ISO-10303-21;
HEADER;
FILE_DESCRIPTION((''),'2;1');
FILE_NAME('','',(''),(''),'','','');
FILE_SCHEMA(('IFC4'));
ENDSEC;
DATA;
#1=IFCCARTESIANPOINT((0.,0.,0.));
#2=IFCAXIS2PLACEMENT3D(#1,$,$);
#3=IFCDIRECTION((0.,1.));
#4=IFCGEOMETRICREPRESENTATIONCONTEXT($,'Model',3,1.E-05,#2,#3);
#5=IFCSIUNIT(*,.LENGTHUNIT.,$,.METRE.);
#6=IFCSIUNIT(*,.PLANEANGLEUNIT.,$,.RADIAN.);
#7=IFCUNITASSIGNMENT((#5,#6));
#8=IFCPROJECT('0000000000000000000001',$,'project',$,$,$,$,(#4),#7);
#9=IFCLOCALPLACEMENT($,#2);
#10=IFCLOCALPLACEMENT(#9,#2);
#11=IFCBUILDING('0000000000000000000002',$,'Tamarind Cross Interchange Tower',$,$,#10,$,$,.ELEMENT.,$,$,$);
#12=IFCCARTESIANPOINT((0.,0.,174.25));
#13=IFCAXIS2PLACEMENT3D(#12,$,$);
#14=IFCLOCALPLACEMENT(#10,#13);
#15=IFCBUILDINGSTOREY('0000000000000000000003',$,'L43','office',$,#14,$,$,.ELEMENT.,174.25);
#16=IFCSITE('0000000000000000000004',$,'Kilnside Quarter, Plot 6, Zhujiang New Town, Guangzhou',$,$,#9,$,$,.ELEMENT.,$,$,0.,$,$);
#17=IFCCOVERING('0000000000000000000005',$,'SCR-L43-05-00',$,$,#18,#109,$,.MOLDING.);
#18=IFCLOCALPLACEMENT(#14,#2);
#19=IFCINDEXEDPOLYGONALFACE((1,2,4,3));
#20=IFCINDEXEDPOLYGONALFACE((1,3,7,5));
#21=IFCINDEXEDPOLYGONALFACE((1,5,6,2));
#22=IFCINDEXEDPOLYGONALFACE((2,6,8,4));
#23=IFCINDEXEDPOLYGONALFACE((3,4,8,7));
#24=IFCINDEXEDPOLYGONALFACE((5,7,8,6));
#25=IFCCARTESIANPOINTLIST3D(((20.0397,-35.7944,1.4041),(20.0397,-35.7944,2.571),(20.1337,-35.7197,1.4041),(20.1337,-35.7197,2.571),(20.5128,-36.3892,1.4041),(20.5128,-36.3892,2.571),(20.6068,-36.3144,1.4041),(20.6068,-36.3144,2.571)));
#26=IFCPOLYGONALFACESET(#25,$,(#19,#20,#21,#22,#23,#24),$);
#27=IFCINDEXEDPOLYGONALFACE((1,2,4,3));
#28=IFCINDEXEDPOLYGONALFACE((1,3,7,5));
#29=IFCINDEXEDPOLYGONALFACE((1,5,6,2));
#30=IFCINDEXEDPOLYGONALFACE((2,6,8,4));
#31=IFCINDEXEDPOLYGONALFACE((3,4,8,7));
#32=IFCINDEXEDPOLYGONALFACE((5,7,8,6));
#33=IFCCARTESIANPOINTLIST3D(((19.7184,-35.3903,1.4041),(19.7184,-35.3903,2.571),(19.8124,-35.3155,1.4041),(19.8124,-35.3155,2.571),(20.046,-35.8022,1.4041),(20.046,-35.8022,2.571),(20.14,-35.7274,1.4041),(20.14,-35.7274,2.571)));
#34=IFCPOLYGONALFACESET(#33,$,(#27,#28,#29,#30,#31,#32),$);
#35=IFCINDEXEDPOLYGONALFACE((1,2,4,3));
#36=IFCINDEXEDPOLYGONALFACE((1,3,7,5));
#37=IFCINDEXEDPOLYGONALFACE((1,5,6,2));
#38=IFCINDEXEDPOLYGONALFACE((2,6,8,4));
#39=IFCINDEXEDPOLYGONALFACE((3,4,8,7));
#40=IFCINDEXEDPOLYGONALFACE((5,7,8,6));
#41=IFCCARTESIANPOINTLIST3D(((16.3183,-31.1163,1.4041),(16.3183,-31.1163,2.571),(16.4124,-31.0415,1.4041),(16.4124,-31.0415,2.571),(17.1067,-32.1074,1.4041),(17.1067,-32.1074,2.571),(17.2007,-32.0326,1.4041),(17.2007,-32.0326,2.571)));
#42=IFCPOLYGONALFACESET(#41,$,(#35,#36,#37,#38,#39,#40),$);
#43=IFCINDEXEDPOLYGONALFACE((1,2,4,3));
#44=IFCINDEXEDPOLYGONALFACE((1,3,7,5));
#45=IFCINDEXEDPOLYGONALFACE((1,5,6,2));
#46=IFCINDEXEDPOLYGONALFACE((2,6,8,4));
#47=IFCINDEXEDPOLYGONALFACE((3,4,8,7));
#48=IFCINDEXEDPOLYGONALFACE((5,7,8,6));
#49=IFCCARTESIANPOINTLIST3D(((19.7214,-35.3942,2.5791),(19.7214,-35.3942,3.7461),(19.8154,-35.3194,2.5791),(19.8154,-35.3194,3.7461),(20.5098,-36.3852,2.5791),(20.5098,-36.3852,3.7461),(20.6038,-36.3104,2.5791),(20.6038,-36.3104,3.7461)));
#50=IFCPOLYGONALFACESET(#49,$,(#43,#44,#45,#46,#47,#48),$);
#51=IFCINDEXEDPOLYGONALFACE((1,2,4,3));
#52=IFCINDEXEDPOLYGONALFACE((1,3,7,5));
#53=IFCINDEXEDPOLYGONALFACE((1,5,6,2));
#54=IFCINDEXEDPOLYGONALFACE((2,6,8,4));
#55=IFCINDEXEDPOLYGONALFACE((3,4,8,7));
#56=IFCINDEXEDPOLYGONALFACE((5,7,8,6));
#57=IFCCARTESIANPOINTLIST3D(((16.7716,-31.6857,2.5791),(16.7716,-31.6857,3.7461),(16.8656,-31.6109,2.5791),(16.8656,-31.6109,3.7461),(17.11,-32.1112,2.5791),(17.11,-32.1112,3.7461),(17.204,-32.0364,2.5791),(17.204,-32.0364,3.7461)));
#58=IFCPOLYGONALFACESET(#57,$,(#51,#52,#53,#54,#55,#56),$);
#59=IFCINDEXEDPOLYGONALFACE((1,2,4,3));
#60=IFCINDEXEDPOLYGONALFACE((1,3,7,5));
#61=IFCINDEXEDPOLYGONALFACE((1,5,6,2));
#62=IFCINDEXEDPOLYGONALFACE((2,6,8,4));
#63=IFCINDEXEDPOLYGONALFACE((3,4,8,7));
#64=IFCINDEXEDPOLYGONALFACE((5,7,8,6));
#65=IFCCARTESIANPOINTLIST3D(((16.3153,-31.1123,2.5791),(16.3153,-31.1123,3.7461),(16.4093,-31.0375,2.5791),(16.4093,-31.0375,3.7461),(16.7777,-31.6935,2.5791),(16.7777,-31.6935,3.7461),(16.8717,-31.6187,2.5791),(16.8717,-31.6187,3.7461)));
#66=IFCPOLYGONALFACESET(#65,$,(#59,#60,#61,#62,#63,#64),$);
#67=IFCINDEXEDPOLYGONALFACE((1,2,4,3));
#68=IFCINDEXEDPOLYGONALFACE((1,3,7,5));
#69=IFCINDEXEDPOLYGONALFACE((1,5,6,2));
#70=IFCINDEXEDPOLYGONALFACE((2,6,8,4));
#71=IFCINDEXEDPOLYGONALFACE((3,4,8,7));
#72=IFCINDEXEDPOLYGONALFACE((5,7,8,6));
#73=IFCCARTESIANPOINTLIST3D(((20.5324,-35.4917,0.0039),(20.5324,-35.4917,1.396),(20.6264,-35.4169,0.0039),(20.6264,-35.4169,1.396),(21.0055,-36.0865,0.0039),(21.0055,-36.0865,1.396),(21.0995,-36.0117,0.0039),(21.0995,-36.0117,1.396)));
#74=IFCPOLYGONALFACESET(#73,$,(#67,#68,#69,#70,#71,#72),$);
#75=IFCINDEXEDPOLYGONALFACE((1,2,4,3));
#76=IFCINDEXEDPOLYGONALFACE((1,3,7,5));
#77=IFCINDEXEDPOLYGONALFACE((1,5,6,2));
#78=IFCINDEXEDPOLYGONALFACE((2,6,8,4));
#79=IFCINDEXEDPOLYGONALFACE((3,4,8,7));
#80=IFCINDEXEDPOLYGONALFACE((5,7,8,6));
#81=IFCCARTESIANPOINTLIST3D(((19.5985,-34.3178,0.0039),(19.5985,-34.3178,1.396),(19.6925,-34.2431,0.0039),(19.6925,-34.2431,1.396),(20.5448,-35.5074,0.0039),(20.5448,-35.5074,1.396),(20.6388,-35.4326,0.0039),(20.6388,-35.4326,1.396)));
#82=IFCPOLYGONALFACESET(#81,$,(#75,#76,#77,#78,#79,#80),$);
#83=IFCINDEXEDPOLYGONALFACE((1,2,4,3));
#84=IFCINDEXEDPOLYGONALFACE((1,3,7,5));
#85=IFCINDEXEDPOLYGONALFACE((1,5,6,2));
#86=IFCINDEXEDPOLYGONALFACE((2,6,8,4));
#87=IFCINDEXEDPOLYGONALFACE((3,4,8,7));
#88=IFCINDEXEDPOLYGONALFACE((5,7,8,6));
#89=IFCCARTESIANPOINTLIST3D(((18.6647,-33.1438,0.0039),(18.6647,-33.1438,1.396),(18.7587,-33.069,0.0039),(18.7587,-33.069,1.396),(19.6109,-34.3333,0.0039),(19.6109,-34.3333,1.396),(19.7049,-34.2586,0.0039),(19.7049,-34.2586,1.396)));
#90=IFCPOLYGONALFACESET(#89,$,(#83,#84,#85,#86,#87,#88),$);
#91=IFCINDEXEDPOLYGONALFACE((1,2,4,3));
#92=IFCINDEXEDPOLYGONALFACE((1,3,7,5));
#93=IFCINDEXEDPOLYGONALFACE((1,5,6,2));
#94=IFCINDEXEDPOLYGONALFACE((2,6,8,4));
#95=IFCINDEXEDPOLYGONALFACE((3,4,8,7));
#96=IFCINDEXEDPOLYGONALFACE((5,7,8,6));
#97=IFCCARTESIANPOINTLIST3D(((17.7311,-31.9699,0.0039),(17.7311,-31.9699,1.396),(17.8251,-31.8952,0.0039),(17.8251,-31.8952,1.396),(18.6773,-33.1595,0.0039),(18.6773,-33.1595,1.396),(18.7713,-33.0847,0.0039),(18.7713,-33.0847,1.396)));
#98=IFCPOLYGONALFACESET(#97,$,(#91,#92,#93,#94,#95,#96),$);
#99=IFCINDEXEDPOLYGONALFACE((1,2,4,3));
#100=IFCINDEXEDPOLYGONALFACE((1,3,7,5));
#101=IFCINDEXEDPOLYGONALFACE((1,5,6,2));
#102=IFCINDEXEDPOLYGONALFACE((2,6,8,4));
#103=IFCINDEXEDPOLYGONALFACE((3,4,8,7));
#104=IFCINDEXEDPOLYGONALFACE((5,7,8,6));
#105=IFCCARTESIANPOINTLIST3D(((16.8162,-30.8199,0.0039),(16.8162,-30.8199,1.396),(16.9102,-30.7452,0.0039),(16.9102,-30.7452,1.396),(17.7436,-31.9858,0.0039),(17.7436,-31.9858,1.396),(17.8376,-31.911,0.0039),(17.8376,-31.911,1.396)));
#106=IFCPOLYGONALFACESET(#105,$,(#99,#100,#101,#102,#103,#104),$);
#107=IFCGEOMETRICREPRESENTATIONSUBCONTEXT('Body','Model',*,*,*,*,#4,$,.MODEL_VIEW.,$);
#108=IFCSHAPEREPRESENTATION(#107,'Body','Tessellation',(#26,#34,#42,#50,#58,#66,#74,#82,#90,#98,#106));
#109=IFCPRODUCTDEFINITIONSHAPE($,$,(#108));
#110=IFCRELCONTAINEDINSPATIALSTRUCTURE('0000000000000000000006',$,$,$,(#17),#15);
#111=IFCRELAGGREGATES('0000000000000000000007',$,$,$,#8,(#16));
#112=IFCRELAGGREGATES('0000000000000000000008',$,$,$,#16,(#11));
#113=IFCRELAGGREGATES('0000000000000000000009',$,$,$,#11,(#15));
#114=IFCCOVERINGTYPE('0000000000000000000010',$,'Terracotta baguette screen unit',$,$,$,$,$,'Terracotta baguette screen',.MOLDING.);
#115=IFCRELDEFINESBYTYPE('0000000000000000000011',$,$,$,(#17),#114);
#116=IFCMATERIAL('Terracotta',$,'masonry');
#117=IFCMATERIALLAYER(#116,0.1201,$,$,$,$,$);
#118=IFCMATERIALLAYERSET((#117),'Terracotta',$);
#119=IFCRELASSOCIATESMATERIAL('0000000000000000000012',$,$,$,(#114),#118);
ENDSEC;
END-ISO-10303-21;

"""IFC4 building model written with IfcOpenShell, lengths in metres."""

from ifc_helpers import new_model, si_unit, direction, frame, origin, origin_2d, place, context, subcontext, project, spatial, rectangle, extrude, material, layer, layer_set, type_object, element, save


model = new_model("IFC4")

# Units and contexts
model_context = context("Model", 3, precision=1e-05, world=origin(), true_north=direction((0.0, 1.0)))
body_context = subcontext(model_context, "Body", "Model", "MODEL_VIEW")
ifc_project = project(units=[si_unit("LENGTHUNIT", "METRE"), si_unit("PLANEANGLEUNIT", "RADIAN")], contexts=[model_context])

# Site, building, storey
site_placement = place(None, origin())
site = spatial("IfcSite", under=ifc_project, at=site_placement, Name="Kilnside Quarter, Plot 6, Zhujiang New Town, Guangzhou", CompositionType="ELEMENT", RefElevation=0.0)
building_placement = place(site_placement, origin())
building = spatial("IfcBuilding", under=site, at=building_placement, Name="Tamarind Cross Interchange Tower", CompositionType="ELEMENT")
storey_placement = place(building_placement, frame((0.0, 0.0, 174.25)))
storey = spatial("IfcBuildingStorey", under=building, at=storey_placement, Name="L43", Description="office", CompositionType="ELEMENT", Elevation=174.25)

# Covering
ifc_material_1 = material(Name="Terracotta", Category="masonry")
ifc_layer_1 = layer(ifc_material_1, 0.1201)
ifc_layer_set_1 = layer_set([ifc_layer_1], Name="Terracotta")
covering_type = type_object("IfcCoveringType", Name="Terracotta baguette screen unit", ElementType="Terracotta baguette screen", PredefinedType="MOLDING", material=ifc_layer_set_1)
covering_1_placement = place(storey_placement, origin())
element("IfcCovering", 1, at=covering_1_placement, inside=storey, type_object=covering_type, Name="SCR-L43-05-00", PredefinedType="MOLDING", context=body_context, shape_type="SweptSolid", body=[
    extrude(rectangle(XDim=0.76, YDim=0.1201, at=origin_2d()), frame((20.3232, -36.0544, 1.4041), z_axis=(0.0, 0.0, 1.0), x_axis=(-0.622525, 0.7826, 0.0)), (0.0, 0.0, 1.0), 1.167),
    extrude(rectangle(XDim=0.5264, YDim=0.1201, at=origin_2d()), frame((19.9292, -35.5588, 1.4041), z_axis=(0.0, 0.0, 1.0), x_axis=(-0.622525, 0.7826, 0.0)), (0.0, 0.0, 1.0), 1.167),
    extrude(rectangle(XDim=1.2664, YDim=0.1201, at=origin_2d()), frame((16.7595, -31.5745, 1.4041), z_axis=(0.0, 0.0, 1.0), x_axis=(-0.622525, 0.7826, 0.0)), (0.0, 0.0, 1.0), 1.167),
    extrude(rectangle(XDim=1.2664, YDim=0.1201, at=origin_2d()), frame((20.1626, -35.8523, 2.5791), z_axis=(0.0, 0.0, 1.0), x_axis=(-0.622525, 0.7826, 0.0)), (0.0, 0.0, 1.0), 1.167),
    extrude(rectangle(XDim=0.5437, YDim=0.1201, at=origin_2d()), frame((16.9878, -31.8611, 2.5791), z_axis=(0.0, 0.0, 1.0), x_axis=(-0.622525, 0.7826, 0.0)), (0.0, 0.0, 1.0), 1.167),
    extrude(rectangle(XDim=0.7427, YDim=0.1201, at=origin_2d()), frame((16.5935, -31.3655, 2.5791), z_axis=(0.0, 0.0, 1.0), x_axis=(-0.622525, 0.7826, 0.0)), (0.0, 0.0, 1.0), 1.167),
    extrude(rectangle(XDim=0.76, YDim=0.1201, at=origin_2d()), frame((20.8159, -35.7517, 0.0039), z_axis=(0.0, 0.0, 1.0), x_axis=(-0.622525, 0.7826, 0.0)), (0.0, 0.0, 1.0), 1.3921),
    extrude(rectangle(XDim=1.52, YDim=0.1201, at=origin_2d()), frame((20.1187, -34.8752, 0.0039), z_axis=(0.0, 0.0, 1.0), x_axis=(-0.622525, 0.7826, 0.0)), (0.0, 0.0, 1.0), 1.3921),
    extrude(rectangle(XDim=1.52, YDim=0.1201, at=origin_2d()), frame((19.1848, -33.7012, 0.0039), z_axis=(0.0, 0.0, 1.0), x_axis=(-0.622525, 0.7826, 0.0)), (0.0, 0.0, 1.0), 1.3921),
    extrude(rectangle(XDim=1.52, YDim=0.1201, at=origin_2d()), frame((18.2512, -32.5273, 0.0039), z_axis=(0.0, 0.0, 1.0), x_axis=(-0.622525, 0.7826, 0.0)), (0.0, 0.0, 1.0), 1.3921),
    extrude(rectangle(XDim=1.4897, YDim=0.1201, at=origin_2d()), frame((17.3269, -31.3655, 0.0039), z_axis=(0.0, 0.0, 1.0), x_axis=(-0.622525, 0.7826, 0.0)), (0.0, 0.0, 1.0), 1.3921),
])

save(model, "model.ifc")
